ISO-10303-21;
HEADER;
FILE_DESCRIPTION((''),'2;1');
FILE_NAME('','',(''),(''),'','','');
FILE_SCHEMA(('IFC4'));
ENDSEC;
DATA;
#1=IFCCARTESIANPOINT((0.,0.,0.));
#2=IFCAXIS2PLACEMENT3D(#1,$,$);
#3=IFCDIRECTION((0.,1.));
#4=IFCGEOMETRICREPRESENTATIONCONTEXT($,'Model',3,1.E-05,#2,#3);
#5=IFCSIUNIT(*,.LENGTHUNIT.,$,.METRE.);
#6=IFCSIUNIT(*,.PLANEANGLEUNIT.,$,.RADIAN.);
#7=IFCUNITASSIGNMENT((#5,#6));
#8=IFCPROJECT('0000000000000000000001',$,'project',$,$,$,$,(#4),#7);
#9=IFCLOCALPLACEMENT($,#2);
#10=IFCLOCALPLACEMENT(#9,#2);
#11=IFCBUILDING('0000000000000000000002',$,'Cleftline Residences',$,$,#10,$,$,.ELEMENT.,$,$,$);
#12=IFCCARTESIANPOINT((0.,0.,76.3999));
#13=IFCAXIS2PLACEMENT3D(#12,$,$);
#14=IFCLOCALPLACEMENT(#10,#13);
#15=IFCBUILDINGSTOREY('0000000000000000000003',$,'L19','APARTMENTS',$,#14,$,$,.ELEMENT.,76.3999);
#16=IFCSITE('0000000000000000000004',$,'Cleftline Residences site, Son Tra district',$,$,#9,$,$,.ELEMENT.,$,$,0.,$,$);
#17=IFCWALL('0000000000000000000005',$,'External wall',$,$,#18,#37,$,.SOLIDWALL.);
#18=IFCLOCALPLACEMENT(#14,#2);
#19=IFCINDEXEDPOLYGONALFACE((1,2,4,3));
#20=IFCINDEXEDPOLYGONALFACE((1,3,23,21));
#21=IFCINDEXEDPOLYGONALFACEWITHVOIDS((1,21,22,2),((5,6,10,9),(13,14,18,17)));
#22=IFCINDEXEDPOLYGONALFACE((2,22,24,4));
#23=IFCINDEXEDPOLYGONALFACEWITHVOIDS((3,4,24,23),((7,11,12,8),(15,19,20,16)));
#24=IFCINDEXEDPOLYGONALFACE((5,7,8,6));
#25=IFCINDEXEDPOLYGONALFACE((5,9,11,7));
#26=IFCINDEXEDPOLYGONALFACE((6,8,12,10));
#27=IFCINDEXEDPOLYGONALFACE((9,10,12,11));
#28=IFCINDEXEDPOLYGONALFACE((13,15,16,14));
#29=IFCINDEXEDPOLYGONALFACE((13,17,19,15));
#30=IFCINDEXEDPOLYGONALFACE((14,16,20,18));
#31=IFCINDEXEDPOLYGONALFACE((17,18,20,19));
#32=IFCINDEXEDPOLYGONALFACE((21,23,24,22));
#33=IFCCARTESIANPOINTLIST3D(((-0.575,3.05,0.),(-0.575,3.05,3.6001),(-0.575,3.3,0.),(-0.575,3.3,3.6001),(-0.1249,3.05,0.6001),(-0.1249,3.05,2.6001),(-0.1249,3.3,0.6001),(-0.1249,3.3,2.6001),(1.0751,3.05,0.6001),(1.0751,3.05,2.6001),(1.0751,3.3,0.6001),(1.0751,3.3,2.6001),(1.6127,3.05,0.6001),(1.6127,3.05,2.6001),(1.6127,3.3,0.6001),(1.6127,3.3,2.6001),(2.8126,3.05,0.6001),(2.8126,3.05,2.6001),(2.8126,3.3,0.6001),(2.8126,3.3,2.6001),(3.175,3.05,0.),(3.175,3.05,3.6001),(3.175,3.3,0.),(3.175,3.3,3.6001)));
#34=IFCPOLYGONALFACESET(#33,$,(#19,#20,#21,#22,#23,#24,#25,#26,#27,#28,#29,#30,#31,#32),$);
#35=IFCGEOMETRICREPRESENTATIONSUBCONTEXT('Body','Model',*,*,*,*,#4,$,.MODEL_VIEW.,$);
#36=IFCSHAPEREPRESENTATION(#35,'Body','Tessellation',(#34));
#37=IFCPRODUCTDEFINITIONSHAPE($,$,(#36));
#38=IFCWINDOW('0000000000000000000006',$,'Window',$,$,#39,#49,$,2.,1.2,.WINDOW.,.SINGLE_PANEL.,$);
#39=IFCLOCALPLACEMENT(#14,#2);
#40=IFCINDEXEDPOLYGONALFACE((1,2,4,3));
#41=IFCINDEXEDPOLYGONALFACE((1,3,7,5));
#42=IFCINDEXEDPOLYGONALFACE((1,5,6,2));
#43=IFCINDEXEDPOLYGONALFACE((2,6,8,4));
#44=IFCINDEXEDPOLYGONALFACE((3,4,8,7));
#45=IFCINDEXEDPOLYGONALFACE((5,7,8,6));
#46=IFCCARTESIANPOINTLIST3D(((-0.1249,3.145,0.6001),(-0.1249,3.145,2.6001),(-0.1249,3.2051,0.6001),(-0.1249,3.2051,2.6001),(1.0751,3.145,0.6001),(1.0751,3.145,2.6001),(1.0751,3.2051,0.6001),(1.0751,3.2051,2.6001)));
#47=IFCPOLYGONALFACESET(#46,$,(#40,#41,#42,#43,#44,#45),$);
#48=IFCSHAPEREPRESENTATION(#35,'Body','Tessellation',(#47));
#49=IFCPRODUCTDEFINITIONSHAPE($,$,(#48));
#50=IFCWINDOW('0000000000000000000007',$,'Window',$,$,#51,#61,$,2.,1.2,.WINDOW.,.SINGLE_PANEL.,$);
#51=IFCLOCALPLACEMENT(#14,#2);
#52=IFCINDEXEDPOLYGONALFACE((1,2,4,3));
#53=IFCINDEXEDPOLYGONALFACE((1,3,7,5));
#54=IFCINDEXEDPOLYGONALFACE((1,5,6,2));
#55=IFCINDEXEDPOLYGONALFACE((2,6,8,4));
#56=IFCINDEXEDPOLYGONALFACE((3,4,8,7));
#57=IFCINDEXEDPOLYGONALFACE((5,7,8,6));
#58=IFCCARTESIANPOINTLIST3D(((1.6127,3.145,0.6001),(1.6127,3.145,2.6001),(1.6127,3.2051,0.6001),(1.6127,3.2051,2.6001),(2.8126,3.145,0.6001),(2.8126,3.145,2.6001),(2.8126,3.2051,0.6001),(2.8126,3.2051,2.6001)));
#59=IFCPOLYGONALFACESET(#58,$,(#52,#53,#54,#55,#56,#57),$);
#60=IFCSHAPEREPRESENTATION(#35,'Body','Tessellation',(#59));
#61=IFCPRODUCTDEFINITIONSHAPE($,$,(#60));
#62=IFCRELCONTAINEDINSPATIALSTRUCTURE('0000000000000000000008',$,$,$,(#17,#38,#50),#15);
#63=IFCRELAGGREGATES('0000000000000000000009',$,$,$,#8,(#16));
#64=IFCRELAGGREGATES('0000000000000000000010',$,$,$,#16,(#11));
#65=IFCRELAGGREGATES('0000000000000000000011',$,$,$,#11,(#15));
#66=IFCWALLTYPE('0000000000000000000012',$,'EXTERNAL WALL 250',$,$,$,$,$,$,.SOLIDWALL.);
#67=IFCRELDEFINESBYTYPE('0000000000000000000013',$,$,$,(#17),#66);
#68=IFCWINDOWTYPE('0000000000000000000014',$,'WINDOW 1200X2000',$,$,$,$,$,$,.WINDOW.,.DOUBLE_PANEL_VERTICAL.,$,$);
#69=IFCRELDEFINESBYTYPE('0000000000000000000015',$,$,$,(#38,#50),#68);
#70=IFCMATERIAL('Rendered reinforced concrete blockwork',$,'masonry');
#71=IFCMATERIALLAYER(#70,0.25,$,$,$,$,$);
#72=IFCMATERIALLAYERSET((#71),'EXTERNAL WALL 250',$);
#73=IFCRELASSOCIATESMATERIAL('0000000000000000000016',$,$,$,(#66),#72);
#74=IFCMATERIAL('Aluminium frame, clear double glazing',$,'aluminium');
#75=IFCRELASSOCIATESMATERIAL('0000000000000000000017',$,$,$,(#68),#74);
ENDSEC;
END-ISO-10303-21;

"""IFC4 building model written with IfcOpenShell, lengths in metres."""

from ifc_helpers import new_model, si_unit, direction, frame, frame_2d, origin, place, context, subcontext, project, spatial, rectangle, extrude, material, layer, layer_set, type_object, element, fill, save


model = new_model("IFC4")

# Units and contexts
model_context = context("Model", 3, precision=1e-05, world=origin(), true_north=direction((0.0, 1.0)))
body_context = subcontext(model_context, "Body", "Model", "MODEL_VIEW")
ifc_project = project(units=[si_unit("LENGTHUNIT", "METRE"), si_unit("PLANEANGLEUNIT", "RADIAN")], contexts=[model_context])

# Site, building, storey
site_placement = place(None, origin())
site = spatial("IfcSite", under=ifc_project, at=site_placement, Name="Cleftline Residences site, Son Tra district", CompositionType="ELEMENT", RefElevation=0.0)
building_placement = place(site_placement, origin())
building = spatial("IfcBuilding", under=site, at=building_placement, Name="Cleftline Residences", CompositionType="ELEMENT")
storey_placement = place(building_placement, frame((0.0, 0.0, 76.3999)))
storey = spatial("IfcBuildingStorey", under=building, at=storey_placement, Name="L19", Description="APARTMENTS", CompositionType="ELEMENT", Elevation=76.3999)

# Wall, openings, windows
ifc_material_1 = material(Name="Rendered reinforced concrete blockwork", Category="masonry")
ifc_layer_1 = layer(ifc_material_1, 0.25)
ifc_layer_set_1 = layer_set([ifc_layer_1], Name="EXTERNAL WALL 250")
wall_type = type_object("IfcWallType", Name="EXTERNAL WALL 250", PredefinedType="SOLIDWALL", material=ifc_layer_set_1)
wall_placement = place(storey_placement, frame((-0.575, 3.175, 0.0), z_axis=(0.0, 0.0, 1.0), x_axis=(1.0, 0.0, 0.0)))
wall = element("IfcWall", 1, at=wall_placement, inside=storey, type_object=wall_type, Name="External wall", PredefinedType="SOLIDWALL", context=body_context, shape_type="SweptSolid", body=[
    extrude(rectangle(XDim=3.75, YDim=0.25, at=frame_2d((1.875, 0.0))), origin(), (0.0, 0.0, 1.0), 3.6001),
])
opening_1_placement = place(wall_placement, frame((0.45, 0.0, 0.6001)))
opening_1 = element("IfcOpeningElement", 2, at=opening_1_placement, cuts=wall, PredefinedType="OPENING", context=body_context, shape_type="SweptSolid", body=[
    extrude(rectangle(XDim=1.2, YDim=2.0, at=frame_2d((0.6001, 1.0))), frame((0.0, 0.135, 0.0), z_axis=(0.0, -1.0, 0.0), x_axis=(1.0, 0.0, 0.0)), (0.0, 0.0, 1.0), 0.27),
])
opening_2_placement = place(wall_placement, frame((2.1875, 0.0, 0.6001)))
opening_2 = element("IfcOpeningElement", 3, at=opening_2_placement, cuts=wall, PredefinedType="OPENING", context=body_context, shape_type="SweptSolid", body=[
    extrude(rectangle(XDim=1.2, YDim=2.0, at=frame_2d((0.6001, 1.0))), frame((0.0, 0.135, 0.0), z_axis=(0.0, -1.0, 0.0), x_axis=(1.0, 0.0, 0.0)), (0.0, 0.0, 1.0), 0.27),
])
ifc_material_2 = material(Name="Aluminium frame, clear double glazing", Category="aluminium")
window_type = type_object("IfcWindowType", Name="WINDOW 1200X2000", PartitioningType="DOUBLE_PANEL_VERTICAL", PredefinedType="WINDOW", material=ifc_material_2)
window_1_placement = place(opening_1_placement, origin())
window_1 = element("IfcWindow", 4, at=window_1_placement, inside=storey, type_object=window_type, Name="Window", OverallHeight=2.0, OverallWidth=1.2, PartitioningType="SINGLE_PANEL", PredefinedType="WINDOW", context=body_context, shape_type="SweptSolid", body=[
    extrude(rectangle(XDim=1.2, YDim=2.0, at=frame_2d((0.6001, 1.0))), frame((0.0, 0.03, 0.0), z_axis=(0.0, -1.0, 0.0), x_axis=(1.0, 0.0, 0.0)), (0.0, 0.0, 1.0), 0.0601),
])
fill(opening_1, window_1)
window_2_placement = place(opening_2_placement, origin())
window_2 = element("IfcWindow", 5, at=window_2_placement, inside=storey, type_object=window_type, Name="Window", OverallHeight=2.0, OverallWidth=1.2, PartitioningType="SINGLE_PANEL", PredefinedType="WINDOW", context=body_context, shape_type="SweptSolid", body=[
    extrude(rectangle(XDim=1.2, YDim=2.0, at=frame_2d((0.6001, 1.0))), frame((0.0, 0.03, 0.0), z_axis=(0.0, -1.0, 0.0), x_axis=(1.0, 0.0, 0.0)), (0.0, 0.0, 1.0), 0.0601),
])
fill(opening_2, window_2)

save(model, "model.ifc")
